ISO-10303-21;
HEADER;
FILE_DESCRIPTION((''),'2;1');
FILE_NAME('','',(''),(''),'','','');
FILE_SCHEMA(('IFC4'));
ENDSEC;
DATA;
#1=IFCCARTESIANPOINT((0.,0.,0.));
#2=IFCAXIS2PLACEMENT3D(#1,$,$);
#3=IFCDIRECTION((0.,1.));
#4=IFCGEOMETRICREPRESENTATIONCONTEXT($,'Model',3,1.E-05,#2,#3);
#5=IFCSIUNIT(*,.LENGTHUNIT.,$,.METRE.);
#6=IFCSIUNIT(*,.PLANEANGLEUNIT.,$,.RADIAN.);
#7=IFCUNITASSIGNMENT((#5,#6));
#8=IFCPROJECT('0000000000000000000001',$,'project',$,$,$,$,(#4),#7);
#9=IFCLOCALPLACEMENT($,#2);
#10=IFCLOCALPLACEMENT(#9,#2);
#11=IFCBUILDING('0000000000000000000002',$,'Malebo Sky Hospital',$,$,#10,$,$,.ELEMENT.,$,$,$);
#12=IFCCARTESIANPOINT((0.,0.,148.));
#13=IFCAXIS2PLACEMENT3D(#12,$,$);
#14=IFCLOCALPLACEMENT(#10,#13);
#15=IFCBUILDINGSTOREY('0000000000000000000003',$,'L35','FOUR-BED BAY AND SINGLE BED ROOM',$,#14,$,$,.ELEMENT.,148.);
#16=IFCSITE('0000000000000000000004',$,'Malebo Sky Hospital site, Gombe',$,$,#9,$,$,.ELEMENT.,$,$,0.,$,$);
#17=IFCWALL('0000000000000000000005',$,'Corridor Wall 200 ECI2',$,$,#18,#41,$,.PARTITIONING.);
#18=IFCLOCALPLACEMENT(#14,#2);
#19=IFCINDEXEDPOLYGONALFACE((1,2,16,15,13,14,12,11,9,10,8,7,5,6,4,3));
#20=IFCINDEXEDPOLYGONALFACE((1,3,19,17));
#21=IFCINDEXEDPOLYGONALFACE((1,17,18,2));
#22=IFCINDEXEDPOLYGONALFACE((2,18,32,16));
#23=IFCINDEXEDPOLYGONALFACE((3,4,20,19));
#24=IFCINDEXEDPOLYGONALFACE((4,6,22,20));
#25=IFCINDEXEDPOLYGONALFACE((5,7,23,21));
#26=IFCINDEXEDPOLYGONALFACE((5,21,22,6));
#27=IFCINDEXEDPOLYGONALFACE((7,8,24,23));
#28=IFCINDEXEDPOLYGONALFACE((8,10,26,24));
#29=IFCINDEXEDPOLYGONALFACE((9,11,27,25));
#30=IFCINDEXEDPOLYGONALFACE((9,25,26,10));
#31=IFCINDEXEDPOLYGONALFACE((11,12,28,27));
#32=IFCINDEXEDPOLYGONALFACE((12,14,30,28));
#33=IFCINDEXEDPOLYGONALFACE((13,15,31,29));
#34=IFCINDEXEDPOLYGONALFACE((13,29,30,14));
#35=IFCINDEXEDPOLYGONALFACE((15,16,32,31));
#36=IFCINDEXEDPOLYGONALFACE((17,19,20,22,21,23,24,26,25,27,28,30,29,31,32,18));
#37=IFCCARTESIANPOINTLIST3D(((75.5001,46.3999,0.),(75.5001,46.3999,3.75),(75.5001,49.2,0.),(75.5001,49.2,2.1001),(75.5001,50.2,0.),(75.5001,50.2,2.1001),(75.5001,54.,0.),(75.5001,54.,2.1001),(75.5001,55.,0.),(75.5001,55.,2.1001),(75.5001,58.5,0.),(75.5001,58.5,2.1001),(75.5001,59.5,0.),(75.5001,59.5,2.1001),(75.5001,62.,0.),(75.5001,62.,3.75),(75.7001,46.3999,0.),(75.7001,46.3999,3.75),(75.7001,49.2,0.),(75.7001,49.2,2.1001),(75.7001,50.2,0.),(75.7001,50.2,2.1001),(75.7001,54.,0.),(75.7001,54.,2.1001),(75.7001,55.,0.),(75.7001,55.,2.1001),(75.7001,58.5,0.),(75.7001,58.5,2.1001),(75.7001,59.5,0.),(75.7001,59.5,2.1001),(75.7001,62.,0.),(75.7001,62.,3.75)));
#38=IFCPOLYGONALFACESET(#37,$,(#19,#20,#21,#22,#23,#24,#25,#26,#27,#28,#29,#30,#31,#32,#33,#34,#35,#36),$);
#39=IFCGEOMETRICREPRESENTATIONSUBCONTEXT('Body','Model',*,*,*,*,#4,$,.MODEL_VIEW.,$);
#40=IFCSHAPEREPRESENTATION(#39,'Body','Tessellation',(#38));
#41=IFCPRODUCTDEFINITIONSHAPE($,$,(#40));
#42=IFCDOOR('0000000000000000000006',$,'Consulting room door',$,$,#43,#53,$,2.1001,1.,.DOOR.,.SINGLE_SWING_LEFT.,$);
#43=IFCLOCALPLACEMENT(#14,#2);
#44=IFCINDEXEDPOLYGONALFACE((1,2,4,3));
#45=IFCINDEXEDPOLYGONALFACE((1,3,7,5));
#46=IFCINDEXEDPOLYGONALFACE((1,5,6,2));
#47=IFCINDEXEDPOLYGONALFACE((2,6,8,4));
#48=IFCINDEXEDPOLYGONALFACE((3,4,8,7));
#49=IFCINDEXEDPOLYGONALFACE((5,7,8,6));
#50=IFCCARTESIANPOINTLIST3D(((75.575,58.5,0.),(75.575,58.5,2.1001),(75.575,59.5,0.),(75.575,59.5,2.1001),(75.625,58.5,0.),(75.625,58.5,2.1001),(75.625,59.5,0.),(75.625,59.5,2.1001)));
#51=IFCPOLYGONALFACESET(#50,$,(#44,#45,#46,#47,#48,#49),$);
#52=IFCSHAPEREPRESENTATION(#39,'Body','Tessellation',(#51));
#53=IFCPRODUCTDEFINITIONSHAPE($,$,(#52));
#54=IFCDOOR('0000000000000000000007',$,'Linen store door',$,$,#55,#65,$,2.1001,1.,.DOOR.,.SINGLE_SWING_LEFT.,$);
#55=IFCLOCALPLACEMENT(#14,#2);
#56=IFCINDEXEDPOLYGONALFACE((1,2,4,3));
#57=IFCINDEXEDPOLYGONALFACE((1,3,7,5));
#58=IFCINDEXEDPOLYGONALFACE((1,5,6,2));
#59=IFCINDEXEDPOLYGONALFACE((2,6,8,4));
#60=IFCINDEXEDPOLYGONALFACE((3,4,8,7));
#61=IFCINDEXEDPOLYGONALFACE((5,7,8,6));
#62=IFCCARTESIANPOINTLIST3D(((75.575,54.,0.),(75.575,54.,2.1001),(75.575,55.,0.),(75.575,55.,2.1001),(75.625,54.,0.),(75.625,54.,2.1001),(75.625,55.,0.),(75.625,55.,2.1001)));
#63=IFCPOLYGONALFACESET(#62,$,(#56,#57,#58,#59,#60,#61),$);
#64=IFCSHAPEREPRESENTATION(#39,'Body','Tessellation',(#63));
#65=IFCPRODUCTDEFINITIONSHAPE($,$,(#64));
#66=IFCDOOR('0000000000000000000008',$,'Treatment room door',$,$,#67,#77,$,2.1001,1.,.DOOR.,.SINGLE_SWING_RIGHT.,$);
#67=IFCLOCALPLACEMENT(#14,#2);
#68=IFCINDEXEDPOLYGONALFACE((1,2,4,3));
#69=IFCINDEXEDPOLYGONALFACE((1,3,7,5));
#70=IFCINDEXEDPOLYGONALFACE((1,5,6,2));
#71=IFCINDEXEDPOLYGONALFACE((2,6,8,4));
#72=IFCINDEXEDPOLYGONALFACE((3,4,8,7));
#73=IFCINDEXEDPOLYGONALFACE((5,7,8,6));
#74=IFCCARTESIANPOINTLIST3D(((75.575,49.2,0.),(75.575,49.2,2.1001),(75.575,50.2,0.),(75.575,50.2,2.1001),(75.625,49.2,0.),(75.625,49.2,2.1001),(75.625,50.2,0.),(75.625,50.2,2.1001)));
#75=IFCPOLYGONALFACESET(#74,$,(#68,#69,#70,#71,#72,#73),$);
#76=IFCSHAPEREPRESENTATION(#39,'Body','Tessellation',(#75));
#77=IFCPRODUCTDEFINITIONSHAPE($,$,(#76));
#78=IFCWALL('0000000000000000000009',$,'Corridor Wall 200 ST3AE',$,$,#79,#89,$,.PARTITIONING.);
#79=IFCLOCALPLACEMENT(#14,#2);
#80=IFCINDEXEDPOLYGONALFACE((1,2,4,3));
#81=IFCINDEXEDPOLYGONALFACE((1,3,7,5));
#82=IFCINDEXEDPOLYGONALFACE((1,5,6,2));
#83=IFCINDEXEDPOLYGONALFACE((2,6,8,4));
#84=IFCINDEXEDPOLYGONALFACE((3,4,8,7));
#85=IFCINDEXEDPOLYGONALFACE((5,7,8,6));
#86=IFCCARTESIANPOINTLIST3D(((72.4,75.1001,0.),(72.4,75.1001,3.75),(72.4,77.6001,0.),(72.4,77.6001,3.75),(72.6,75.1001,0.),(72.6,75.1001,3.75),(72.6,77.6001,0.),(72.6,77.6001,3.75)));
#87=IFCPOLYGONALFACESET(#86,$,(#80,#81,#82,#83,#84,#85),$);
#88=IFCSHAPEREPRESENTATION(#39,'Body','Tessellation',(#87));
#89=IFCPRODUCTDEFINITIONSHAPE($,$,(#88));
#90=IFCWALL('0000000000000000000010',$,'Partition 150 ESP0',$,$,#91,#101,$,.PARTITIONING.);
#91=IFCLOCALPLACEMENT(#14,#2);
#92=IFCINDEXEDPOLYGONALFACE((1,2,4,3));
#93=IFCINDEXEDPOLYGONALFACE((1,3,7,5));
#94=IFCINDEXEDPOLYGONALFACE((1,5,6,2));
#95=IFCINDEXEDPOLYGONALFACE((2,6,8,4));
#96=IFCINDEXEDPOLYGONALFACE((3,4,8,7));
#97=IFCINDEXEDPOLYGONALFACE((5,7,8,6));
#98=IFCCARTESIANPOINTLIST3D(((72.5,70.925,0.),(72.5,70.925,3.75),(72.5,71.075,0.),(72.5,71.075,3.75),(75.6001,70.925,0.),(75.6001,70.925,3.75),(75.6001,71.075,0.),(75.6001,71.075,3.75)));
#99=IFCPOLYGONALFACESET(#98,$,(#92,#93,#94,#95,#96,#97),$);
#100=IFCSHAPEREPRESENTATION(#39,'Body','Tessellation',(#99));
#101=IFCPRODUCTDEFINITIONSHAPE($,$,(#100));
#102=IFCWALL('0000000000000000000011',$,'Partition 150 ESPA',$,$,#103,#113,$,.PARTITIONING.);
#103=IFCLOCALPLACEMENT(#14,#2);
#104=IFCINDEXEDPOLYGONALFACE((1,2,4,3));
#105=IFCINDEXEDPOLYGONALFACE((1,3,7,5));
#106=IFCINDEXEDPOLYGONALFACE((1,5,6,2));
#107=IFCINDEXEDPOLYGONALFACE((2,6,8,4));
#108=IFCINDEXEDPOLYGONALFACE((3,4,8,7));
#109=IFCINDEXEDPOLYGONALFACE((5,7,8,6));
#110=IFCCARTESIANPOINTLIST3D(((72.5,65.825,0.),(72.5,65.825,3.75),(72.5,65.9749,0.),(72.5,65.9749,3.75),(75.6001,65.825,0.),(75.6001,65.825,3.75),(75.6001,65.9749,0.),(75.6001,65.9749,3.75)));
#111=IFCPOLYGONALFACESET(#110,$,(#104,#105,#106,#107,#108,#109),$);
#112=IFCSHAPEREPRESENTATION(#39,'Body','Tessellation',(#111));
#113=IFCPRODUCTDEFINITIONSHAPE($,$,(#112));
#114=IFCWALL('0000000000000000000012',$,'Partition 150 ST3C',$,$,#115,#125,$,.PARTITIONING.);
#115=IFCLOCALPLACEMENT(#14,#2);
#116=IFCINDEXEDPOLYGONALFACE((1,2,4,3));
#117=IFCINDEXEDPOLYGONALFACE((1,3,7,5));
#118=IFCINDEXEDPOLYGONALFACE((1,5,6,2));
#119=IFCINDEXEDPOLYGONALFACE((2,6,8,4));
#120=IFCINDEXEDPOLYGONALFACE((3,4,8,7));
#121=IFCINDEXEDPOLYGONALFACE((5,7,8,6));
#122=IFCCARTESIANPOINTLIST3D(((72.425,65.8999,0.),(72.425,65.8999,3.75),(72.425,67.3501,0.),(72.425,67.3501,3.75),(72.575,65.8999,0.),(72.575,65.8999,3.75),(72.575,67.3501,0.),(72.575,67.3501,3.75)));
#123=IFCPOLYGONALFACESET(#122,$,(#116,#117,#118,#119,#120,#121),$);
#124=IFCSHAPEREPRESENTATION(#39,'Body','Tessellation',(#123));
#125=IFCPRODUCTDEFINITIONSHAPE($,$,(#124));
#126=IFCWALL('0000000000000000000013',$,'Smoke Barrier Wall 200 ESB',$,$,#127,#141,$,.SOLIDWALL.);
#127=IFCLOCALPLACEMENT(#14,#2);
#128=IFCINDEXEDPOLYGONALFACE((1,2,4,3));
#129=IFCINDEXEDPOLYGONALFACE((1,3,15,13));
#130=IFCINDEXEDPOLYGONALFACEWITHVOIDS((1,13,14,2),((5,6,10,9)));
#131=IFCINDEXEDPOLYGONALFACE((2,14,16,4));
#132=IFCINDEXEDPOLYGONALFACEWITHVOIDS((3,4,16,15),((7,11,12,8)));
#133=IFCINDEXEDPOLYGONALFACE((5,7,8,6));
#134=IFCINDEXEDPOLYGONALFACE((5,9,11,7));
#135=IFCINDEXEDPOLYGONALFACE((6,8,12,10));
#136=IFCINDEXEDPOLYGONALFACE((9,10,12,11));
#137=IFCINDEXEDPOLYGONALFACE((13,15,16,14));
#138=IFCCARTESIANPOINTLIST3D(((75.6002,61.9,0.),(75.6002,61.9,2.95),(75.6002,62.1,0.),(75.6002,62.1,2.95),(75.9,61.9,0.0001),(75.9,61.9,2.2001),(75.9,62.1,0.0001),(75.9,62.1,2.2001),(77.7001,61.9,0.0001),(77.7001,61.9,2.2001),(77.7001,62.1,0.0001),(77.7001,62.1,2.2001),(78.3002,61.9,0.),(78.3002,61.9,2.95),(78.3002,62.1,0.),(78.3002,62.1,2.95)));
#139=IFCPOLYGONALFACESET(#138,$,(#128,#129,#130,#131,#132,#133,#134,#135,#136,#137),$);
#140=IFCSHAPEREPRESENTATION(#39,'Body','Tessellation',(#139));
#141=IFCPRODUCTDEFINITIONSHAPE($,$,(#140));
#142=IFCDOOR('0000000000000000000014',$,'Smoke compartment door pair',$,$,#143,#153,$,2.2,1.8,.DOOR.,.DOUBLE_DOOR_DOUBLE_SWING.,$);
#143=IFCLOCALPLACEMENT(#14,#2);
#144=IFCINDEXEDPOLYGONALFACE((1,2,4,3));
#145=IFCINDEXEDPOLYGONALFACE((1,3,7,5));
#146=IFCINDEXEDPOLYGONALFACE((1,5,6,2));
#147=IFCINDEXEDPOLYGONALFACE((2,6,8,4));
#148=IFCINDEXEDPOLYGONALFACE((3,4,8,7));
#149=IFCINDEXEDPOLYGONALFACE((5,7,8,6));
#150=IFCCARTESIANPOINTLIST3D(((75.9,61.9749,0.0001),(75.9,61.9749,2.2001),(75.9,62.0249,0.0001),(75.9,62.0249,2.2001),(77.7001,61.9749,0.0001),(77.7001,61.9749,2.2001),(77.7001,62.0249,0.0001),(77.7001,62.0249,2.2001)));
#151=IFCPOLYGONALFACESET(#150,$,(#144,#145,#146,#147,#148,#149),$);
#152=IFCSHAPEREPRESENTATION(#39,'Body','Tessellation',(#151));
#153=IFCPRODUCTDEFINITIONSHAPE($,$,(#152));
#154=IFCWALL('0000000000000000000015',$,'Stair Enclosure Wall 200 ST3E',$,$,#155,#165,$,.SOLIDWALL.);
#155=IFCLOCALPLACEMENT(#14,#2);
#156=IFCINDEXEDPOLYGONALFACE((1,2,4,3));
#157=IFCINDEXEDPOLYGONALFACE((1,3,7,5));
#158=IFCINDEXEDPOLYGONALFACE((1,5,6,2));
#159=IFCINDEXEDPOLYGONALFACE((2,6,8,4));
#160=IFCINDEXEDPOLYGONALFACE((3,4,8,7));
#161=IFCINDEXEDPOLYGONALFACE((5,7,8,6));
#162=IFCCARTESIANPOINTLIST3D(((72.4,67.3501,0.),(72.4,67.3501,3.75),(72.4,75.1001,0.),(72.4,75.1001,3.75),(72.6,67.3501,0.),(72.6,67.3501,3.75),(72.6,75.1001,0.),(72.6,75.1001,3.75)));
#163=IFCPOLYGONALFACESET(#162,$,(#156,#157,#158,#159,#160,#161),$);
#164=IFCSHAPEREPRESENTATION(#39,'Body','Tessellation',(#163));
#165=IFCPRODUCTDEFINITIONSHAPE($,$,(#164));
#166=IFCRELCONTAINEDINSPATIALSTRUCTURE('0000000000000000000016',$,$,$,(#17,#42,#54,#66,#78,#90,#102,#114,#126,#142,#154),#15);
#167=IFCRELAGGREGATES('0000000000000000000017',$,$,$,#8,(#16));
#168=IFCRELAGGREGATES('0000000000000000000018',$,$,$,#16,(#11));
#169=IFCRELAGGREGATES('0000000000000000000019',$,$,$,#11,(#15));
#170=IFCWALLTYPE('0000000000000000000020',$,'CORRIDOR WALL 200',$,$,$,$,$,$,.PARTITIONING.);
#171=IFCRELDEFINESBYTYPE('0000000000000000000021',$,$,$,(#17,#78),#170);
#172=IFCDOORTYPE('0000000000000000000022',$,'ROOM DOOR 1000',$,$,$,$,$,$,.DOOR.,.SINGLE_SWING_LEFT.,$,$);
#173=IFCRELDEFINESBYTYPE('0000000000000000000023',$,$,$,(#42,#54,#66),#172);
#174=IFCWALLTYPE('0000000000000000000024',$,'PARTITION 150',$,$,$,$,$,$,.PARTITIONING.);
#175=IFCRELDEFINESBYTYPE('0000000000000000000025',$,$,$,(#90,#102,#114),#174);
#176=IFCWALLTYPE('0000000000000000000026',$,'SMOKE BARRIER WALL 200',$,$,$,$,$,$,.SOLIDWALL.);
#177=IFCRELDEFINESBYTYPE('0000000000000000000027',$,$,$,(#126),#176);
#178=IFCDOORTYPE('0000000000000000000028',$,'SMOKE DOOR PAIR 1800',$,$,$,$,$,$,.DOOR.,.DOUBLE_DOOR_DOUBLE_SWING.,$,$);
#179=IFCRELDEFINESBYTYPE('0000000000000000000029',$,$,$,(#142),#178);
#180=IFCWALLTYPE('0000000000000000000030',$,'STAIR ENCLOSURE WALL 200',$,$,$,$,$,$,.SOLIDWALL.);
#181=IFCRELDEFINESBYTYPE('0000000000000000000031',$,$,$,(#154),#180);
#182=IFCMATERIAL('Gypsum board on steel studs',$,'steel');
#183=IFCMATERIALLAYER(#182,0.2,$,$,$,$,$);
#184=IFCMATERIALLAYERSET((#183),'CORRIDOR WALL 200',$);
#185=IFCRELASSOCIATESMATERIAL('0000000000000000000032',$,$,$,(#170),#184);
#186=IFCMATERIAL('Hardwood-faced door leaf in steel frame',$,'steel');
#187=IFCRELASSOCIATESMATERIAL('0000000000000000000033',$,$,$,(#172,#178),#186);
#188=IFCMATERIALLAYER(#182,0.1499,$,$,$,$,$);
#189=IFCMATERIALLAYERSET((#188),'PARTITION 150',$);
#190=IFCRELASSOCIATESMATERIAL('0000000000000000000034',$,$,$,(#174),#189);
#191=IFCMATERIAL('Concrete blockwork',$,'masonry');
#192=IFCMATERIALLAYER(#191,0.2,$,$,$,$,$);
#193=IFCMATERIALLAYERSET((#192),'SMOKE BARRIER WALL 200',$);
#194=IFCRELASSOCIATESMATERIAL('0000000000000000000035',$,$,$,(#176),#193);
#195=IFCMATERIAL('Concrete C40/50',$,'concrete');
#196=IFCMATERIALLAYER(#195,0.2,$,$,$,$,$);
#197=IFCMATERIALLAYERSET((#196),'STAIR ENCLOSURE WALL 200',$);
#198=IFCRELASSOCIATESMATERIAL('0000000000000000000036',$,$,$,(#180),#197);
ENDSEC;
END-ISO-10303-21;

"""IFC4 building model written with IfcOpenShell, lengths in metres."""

from ifc_helpers import new_model, si_unit, direction, frame, frame_2d, origin, place, context, subcontext, project, spatial, rectangle, extrude, material, layer, layer_set, type_object, element, fill, save


model = new_model("IFC4")

# Units and contexts
model_context = context("Model", 3, precision=1e-05, world=origin(), true_north=direction((0.0, 1.0)))
body_context = subcontext(model_context, "Body", "Model", "MODEL_VIEW")
ifc_project = project(units=[si_unit("LENGTHUNIT", "METRE"), si_unit("PLANEANGLEUNIT", "RADIAN")], contexts=[model_context])

# Site, building, storey
site_placement = place(None, origin())
site = spatial("IfcSite", under=ifc_project, at=site_placement, Name="Malebo Sky Hospital site, Gombe", CompositionType="ELEMENT", RefElevation=0.0)
building_placement = place(site_placement, origin())
building = spatial("IfcBuilding", under=site, at=building_placement, Name="Malebo Sky Hospital", CompositionType="ELEMENT")
storey_placement = place(building_placement, frame((0.0, 0.0, 148.0)))
storey = spatial("IfcBuildingStorey", under=building, at=storey_placement, Name="L35", Description="FOUR-BED BAY AND SINGLE BED ROOM", CompositionType="ELEMENT", Elevation=148.0)

# Wall, openings, doors
ifc_material_1 = material(Name="Gypsum board on steel studs", Category="steel")
ifc_layer_1 = layer(ifc_material_1, 0.2)
ifc_layer_set_1 = layer_set([ifc_layer_1], Name="CORRIDOR WALL 200")
wall_type_1 = type_object("IfcWallType", Name="CORRIDOR WALL 200", PredefinedType="PARTITIONING", material=ifc_layer_set_1)
wall_1_placement = place(storey_placement, frame((75.6001, 62.0, 0.0), z_axis=(0.0, 0.0, 1.0), x_axis=(0.0, -1.0, 0.0)))
wall_1 = element("IfcWall", 1, at=wall_1_placement, inside=storey, type_object=wall_type_1, Name="Corridor Wall 200 ECI2", PredefinedType="PARTITIONING", context=body_context, shape_type="SweptSolid", body=[
    extrude(rectangle(XDim=15.6001, YDim=0.2, at=frame_2d((7.8, 0.0))), origin(), (0.0, 0.0, 1.0), 3.75),
])
opening_1_placement = place(wall_1_placement, frame((2.5, 0.0, 0.0)))
opening_1 = element("IfcOpeningElement", 2, at=opening_1_placement, cuts=wall_1, PredefinedType="OPENING", context=body_context, shape_type="SweptSolid", body=[
    extrude(rectangle(XDim=1.0, YDim=2.1001, at=frame_2d((0.5, 1.05))), frame((0.0, 0.1099, 0.0), z_axis=(0.0, -1.0, 0.0), x_axis=(1.0, 0.0, 0.0)), (0.0, 0.0, 1.0), 0.22),
])
opening_2_placement = place(wall_1_placement, frame((7.0, 0.0, 0.0)))
opening_2 = element("IfcOpeningElement", 3, at=opening_2_placement, cuts=wall_1, PredefinedType="OPENING", context=body_context, shape_type="SweptSolid", body=[
    extrude(rectangle(XDim=1.0, YDim=2.1001, at=frame_2d((0.5, 1.05))), frame((0.0, 0.1099, 0.0), z_axis=(0.0, -1.0, 0.0), x_axis=(1.0, 0.0, 0.0)), (0.0, 0.0, 1.0), 0.22),
])
opening_3_placement = place(wall_1_placement, frame((11.8, 0.0, 0.0)))
opening_3 = element("IfcOpeningElement", 4, at=opening_3_placement, cuts=wall_1, PredefinedType="OPENING", context=body_context, shape_type="SweptSolid", body=[
    extrude(rectangle(XDim=1.0, YDim=2.1001, at=frame_2d((0.5, 1.05))), frame((0.0, 0.1099, 0.0), z_axis=(0.0, -1.0, 0.0), x_axis=(1.0, 0.0, 0.0)), (0.0, 0.0, 1.0), 0.22),
])
ifc_material_2 = material(Name="Hardwood-faced door leaf in steel frame", Category="steel")
door_type_1 = type_object("IfcDoorType", Name="ROOM DOOR 1000", OperationType="SINGLE_SWING_LEFT", PredefinedType="DOOR", material=ifc_material_2)
door_1_placement = place(opening_1_placement, origin())
door_1 = element("IfcDoor", 5, at=door_1_placement, inside=storey, type_object=door_type_1, Name="Consulting room door", OperationType="SINGLE_SWING_LEFT", OverallHeight=2.1001, OverallWidth=1.0, PredefinedType="DOOR", context=body_context, shape_type="SweptSolid", body=[
    extrude(rectangle(XDim=1.0, YDim=2.1001, at=frame_2d((0.5, 1.05))), frame((0.0, 0.0249, 0.0), z_axis=(0.0, -1.0, 0.0), x_axis=(1.0, 0.0, 0.0)), (0.0, 0.0, 1.0), 0.05),
])
fill(opening_1, door_1)
door_2_placement = place(opening_2_placement, origin())
door_2 = element("IfcDoor", 6, at=door_2_placement, inside=storey, type_object=door_type_1, Name="Linen store door", OperationType="SINGLE_SWING_LEFT", OverallHeight=2.1001, OverallWidth=1.0, PredefinedType="DOOR", context=body_context, shape_type="SweptSolid", body=[
    extrude(rectangle(XDim=1.0, YDim=2.1001, at=frame_2d((0.5, 1.05))), frame((0.0, 0.0249, 0.0), z_axis=(0.0, -1.0, 0.0), x_axis=(1.0, 0.0, 0.0)), (0.0, 0.0, 1.0), 0.05),
])
fill(opening_2, door_2)
door_3_placement = place(opening_3_placement, origin())
door_3 = element("IfcDoor", 7, at=door_3_placement, inside=storey, type_object=door_type_1, Name="Treatment room door", OperationType="SINGLE_SWING_RIGHT", OverallHeight=2.1001, OverallWidth=1.0, PredefinedType="DOOR", context=body_context, shape_type="SweptSolid", body=[
    extrude(rectangle(XDim=1.0, YDim=2.1001, at=frame_2d((0.5, 1.05))), frame((0.0, 0.0249, 0.0), z_axis=(0.0, -1.0, 0.0), x_axis=(1.0, 0.0, 0.0)), (0.0, 0.0, 1.0), 0.05),
])
fill(opening_3, door_3)

# Walls
wall_2_placement = place(storey_placement, frame((72.5, 75.1001, 0.0), z_axis=(0.0, 0.0, 1.0), x_axis=(0.0, 1.0, 0.0)))
element("IfcWall", 8, at=wall_2_placement, inside=storey, type_object=wall_type_1, Name="Corridor Wall 200 ST3AE", PredefinedType="PARTITIONING", context=body_context, shape_type="SweptSolid", body=[
    extrude(rectangle(XDim=2.5, YDim=0.2, at=frame_2d((1.25, 0.0))), origin(), (0.0, 0.0, 1.0), 3.75),
])
ifc_layer_2 = layer(ifc_material_1, 0.1499)
ifc_layer_set_2 = layer_set([ifc_layer_2], Name="PARTITION 150")
wall_type_2 = type_object("IfcWallType", Name="PARTITION 150", PredefinedType="PARTITIONING", material=ifc_layer_set_2)
for number, where, z_axis, x_axis, name in (
    (9, (72.5, 71.0, 0.0), (0.0, 0.0, 1.0), (1.0, 0.0, 0.0), "Partition 150 ESP0"),
    (10, (72.5, 65.8999, 0.0), (0.0, 0.0, 1.0), (1.0, 0.0, 0.0), "Partition 150 ESPA"),
):
    element("IfcWall", number, at=place(storey_placement, frame(where, z_axis=z_axis, x_axis=x_axis)), inside=storey, type_object=wall_type_2, Name=name, PredefinedType="PARTITIONING", context=body_context, shape_type="SweptSolid", body=[
        extrude(rectangle(XDim=3.1001, YDim=0.1499, at=frame_2d((1.55, 0.0))), origin(), (0.0, 0.0, 1.0), 3.75),
    ])
wall_3_placement = place(storey_placement, frame((72.5, 65.8999, 0.0), z_axis=(0.0, 0.0, 1.0), x_axis=(0.0, 1.0, 0.0)))
element("IfcWall", 11, at=wall_3_placement, inside=storey, type_object=wall_type_2, Name="Partition 150 ST3C", PredefinedType="PARTITIONING", context=body_context, shape_type="SweptSolid", body=[
    extrude(rectangle(XDim=1.4502, YDim=0.1499, at=frame_2d((0.7251, 0.0))), origin(), (0.0, 0.0, 1.0), 3.75),
])

# Wall, opening, door
ifc_material_3 = material(Name="Concrete blockwork", Category="masonry")
ifc_layer_3 = layer(ifc_material_3, 0.2)
ifc_layer_set_3 = layer_set([ifc_layer_3], Name="SMOKE BARRIER WALL 200")
wall_type_3 = type_object("IfcWallType", Name="SMOKE BARRIER WALL 200", PredefinedType="SOLIDWALL", material=ifc_layer_set_3)
wall_4_placement = place(storey_placement, frame((75.6001, 62.0, 0.0), z_axis=(0.0, 0.0, 1.0), x_axis=(1.0, 0.0, 0.0)))
wall_4 = element("IfcWall", 12, at=wall_4_placement, inside=storey, type_object=wall_type_3, Name="Smoke Barrier Wall 200 ESB", PredefinedType="SOLIDWALL", context=body_context, shape_type="SweptSolid", body=[
    extrude(rectangle(XDim=2.7, YDim=0.2, at=frame_2d((1.3501, 0.0))), origin(), (0.0, 0.0, 1.0), 2.95),
])
opening_4_placement = place(wall_4_placement, frame((0.3, 0.0, 0.0)))
opening_4 = element("IfcOpeningElement", 13, at=opening_4_placement, cuts=wall_4, PredefinedType="OPENING", context=body_context, shape_type="SweptSolid", body=[
    extrude(rectangle(XDim=1.8, YDim=2.2, at=frame_2d((0.8999, 1.1001))), frame((0.0, 0.1099, 0.0), z_axis=(0.0, -1.0, 0.0), x_axis=(1.0, 0.0, 0.0)), (0.0, 0.0, 1.0), 0.22),
])
door_type_2 = type_object("IfcDoorType", Name="SMOKE DOOR PAIR 1800", OperationType="DOUBLE_DOOR_DOUBLE_SWING", PredefinedType="DOOR", material=ifc_material_2)
door_4_placement = place(opening_4_placement, origin())
door_4 = element("IfcDoor", 14, at=door_4_placement, inside=storey, type_object=door_type_2, Name="Smoke compartment door pair", OperationType="DOUBLE_DOOR_DOUBLE_SWING", OverallHeight=2.2, OverallWidth=1.8, PredefinedType="DOOR", context=body_context, shape_type="SweptSolid", body=[
    extrude(rectangle(XDim=1.8, YDim=2.2, at=frame_2d((0.8999, 1.1001))), frame((0.0, 0.0249, 0.0), z_axis=(0.0, -1.0, 0.0), x_axis=(1.0, 0.0, 0.0)), (0.0, 0.0, 1.0), 0.05),
])
fill(opening_4, door_4)

# Wall
ifc_material_4 = material(Name="Concrete C40/50", Category="concrete")
ifc_layer_4 = layer(ifc_material_4, 0.2)
ifc_layer_set_4 = layer_set([ifc_layer_4], Name="STAIR ENCLOSURE WALL 200")
wall_type_4 = type_object("IfcWallType", Name="STAIR ENCLOSURE WALL 200", PredefinedType="SOLIDWALL", material=ifc_layer_set_4)
wall_5_placement = place(storey_placement, frame((72.5, 67.3501, 0.0), z_axis=(0.0, 0.0, 1.0), x_axis=(0.0, 1.0, 0.0)))
element("IfcWall", 15, at=wall_5_placement, inside=storey, type_object=wall_type_4, Name="Stair Enclosure Wall 200 ST3E", PredefinedType="SOLIDWALL", context=body_context, shape_type="SweptSolid", body=[
    extrude(rectangle(XDim=7.75, YDim=0.2, at=frame_2d((3.875, 0.0))), origin(), (0.0, 0.0, 1.0), 3.75),
])

save(model, "model.ifc")
